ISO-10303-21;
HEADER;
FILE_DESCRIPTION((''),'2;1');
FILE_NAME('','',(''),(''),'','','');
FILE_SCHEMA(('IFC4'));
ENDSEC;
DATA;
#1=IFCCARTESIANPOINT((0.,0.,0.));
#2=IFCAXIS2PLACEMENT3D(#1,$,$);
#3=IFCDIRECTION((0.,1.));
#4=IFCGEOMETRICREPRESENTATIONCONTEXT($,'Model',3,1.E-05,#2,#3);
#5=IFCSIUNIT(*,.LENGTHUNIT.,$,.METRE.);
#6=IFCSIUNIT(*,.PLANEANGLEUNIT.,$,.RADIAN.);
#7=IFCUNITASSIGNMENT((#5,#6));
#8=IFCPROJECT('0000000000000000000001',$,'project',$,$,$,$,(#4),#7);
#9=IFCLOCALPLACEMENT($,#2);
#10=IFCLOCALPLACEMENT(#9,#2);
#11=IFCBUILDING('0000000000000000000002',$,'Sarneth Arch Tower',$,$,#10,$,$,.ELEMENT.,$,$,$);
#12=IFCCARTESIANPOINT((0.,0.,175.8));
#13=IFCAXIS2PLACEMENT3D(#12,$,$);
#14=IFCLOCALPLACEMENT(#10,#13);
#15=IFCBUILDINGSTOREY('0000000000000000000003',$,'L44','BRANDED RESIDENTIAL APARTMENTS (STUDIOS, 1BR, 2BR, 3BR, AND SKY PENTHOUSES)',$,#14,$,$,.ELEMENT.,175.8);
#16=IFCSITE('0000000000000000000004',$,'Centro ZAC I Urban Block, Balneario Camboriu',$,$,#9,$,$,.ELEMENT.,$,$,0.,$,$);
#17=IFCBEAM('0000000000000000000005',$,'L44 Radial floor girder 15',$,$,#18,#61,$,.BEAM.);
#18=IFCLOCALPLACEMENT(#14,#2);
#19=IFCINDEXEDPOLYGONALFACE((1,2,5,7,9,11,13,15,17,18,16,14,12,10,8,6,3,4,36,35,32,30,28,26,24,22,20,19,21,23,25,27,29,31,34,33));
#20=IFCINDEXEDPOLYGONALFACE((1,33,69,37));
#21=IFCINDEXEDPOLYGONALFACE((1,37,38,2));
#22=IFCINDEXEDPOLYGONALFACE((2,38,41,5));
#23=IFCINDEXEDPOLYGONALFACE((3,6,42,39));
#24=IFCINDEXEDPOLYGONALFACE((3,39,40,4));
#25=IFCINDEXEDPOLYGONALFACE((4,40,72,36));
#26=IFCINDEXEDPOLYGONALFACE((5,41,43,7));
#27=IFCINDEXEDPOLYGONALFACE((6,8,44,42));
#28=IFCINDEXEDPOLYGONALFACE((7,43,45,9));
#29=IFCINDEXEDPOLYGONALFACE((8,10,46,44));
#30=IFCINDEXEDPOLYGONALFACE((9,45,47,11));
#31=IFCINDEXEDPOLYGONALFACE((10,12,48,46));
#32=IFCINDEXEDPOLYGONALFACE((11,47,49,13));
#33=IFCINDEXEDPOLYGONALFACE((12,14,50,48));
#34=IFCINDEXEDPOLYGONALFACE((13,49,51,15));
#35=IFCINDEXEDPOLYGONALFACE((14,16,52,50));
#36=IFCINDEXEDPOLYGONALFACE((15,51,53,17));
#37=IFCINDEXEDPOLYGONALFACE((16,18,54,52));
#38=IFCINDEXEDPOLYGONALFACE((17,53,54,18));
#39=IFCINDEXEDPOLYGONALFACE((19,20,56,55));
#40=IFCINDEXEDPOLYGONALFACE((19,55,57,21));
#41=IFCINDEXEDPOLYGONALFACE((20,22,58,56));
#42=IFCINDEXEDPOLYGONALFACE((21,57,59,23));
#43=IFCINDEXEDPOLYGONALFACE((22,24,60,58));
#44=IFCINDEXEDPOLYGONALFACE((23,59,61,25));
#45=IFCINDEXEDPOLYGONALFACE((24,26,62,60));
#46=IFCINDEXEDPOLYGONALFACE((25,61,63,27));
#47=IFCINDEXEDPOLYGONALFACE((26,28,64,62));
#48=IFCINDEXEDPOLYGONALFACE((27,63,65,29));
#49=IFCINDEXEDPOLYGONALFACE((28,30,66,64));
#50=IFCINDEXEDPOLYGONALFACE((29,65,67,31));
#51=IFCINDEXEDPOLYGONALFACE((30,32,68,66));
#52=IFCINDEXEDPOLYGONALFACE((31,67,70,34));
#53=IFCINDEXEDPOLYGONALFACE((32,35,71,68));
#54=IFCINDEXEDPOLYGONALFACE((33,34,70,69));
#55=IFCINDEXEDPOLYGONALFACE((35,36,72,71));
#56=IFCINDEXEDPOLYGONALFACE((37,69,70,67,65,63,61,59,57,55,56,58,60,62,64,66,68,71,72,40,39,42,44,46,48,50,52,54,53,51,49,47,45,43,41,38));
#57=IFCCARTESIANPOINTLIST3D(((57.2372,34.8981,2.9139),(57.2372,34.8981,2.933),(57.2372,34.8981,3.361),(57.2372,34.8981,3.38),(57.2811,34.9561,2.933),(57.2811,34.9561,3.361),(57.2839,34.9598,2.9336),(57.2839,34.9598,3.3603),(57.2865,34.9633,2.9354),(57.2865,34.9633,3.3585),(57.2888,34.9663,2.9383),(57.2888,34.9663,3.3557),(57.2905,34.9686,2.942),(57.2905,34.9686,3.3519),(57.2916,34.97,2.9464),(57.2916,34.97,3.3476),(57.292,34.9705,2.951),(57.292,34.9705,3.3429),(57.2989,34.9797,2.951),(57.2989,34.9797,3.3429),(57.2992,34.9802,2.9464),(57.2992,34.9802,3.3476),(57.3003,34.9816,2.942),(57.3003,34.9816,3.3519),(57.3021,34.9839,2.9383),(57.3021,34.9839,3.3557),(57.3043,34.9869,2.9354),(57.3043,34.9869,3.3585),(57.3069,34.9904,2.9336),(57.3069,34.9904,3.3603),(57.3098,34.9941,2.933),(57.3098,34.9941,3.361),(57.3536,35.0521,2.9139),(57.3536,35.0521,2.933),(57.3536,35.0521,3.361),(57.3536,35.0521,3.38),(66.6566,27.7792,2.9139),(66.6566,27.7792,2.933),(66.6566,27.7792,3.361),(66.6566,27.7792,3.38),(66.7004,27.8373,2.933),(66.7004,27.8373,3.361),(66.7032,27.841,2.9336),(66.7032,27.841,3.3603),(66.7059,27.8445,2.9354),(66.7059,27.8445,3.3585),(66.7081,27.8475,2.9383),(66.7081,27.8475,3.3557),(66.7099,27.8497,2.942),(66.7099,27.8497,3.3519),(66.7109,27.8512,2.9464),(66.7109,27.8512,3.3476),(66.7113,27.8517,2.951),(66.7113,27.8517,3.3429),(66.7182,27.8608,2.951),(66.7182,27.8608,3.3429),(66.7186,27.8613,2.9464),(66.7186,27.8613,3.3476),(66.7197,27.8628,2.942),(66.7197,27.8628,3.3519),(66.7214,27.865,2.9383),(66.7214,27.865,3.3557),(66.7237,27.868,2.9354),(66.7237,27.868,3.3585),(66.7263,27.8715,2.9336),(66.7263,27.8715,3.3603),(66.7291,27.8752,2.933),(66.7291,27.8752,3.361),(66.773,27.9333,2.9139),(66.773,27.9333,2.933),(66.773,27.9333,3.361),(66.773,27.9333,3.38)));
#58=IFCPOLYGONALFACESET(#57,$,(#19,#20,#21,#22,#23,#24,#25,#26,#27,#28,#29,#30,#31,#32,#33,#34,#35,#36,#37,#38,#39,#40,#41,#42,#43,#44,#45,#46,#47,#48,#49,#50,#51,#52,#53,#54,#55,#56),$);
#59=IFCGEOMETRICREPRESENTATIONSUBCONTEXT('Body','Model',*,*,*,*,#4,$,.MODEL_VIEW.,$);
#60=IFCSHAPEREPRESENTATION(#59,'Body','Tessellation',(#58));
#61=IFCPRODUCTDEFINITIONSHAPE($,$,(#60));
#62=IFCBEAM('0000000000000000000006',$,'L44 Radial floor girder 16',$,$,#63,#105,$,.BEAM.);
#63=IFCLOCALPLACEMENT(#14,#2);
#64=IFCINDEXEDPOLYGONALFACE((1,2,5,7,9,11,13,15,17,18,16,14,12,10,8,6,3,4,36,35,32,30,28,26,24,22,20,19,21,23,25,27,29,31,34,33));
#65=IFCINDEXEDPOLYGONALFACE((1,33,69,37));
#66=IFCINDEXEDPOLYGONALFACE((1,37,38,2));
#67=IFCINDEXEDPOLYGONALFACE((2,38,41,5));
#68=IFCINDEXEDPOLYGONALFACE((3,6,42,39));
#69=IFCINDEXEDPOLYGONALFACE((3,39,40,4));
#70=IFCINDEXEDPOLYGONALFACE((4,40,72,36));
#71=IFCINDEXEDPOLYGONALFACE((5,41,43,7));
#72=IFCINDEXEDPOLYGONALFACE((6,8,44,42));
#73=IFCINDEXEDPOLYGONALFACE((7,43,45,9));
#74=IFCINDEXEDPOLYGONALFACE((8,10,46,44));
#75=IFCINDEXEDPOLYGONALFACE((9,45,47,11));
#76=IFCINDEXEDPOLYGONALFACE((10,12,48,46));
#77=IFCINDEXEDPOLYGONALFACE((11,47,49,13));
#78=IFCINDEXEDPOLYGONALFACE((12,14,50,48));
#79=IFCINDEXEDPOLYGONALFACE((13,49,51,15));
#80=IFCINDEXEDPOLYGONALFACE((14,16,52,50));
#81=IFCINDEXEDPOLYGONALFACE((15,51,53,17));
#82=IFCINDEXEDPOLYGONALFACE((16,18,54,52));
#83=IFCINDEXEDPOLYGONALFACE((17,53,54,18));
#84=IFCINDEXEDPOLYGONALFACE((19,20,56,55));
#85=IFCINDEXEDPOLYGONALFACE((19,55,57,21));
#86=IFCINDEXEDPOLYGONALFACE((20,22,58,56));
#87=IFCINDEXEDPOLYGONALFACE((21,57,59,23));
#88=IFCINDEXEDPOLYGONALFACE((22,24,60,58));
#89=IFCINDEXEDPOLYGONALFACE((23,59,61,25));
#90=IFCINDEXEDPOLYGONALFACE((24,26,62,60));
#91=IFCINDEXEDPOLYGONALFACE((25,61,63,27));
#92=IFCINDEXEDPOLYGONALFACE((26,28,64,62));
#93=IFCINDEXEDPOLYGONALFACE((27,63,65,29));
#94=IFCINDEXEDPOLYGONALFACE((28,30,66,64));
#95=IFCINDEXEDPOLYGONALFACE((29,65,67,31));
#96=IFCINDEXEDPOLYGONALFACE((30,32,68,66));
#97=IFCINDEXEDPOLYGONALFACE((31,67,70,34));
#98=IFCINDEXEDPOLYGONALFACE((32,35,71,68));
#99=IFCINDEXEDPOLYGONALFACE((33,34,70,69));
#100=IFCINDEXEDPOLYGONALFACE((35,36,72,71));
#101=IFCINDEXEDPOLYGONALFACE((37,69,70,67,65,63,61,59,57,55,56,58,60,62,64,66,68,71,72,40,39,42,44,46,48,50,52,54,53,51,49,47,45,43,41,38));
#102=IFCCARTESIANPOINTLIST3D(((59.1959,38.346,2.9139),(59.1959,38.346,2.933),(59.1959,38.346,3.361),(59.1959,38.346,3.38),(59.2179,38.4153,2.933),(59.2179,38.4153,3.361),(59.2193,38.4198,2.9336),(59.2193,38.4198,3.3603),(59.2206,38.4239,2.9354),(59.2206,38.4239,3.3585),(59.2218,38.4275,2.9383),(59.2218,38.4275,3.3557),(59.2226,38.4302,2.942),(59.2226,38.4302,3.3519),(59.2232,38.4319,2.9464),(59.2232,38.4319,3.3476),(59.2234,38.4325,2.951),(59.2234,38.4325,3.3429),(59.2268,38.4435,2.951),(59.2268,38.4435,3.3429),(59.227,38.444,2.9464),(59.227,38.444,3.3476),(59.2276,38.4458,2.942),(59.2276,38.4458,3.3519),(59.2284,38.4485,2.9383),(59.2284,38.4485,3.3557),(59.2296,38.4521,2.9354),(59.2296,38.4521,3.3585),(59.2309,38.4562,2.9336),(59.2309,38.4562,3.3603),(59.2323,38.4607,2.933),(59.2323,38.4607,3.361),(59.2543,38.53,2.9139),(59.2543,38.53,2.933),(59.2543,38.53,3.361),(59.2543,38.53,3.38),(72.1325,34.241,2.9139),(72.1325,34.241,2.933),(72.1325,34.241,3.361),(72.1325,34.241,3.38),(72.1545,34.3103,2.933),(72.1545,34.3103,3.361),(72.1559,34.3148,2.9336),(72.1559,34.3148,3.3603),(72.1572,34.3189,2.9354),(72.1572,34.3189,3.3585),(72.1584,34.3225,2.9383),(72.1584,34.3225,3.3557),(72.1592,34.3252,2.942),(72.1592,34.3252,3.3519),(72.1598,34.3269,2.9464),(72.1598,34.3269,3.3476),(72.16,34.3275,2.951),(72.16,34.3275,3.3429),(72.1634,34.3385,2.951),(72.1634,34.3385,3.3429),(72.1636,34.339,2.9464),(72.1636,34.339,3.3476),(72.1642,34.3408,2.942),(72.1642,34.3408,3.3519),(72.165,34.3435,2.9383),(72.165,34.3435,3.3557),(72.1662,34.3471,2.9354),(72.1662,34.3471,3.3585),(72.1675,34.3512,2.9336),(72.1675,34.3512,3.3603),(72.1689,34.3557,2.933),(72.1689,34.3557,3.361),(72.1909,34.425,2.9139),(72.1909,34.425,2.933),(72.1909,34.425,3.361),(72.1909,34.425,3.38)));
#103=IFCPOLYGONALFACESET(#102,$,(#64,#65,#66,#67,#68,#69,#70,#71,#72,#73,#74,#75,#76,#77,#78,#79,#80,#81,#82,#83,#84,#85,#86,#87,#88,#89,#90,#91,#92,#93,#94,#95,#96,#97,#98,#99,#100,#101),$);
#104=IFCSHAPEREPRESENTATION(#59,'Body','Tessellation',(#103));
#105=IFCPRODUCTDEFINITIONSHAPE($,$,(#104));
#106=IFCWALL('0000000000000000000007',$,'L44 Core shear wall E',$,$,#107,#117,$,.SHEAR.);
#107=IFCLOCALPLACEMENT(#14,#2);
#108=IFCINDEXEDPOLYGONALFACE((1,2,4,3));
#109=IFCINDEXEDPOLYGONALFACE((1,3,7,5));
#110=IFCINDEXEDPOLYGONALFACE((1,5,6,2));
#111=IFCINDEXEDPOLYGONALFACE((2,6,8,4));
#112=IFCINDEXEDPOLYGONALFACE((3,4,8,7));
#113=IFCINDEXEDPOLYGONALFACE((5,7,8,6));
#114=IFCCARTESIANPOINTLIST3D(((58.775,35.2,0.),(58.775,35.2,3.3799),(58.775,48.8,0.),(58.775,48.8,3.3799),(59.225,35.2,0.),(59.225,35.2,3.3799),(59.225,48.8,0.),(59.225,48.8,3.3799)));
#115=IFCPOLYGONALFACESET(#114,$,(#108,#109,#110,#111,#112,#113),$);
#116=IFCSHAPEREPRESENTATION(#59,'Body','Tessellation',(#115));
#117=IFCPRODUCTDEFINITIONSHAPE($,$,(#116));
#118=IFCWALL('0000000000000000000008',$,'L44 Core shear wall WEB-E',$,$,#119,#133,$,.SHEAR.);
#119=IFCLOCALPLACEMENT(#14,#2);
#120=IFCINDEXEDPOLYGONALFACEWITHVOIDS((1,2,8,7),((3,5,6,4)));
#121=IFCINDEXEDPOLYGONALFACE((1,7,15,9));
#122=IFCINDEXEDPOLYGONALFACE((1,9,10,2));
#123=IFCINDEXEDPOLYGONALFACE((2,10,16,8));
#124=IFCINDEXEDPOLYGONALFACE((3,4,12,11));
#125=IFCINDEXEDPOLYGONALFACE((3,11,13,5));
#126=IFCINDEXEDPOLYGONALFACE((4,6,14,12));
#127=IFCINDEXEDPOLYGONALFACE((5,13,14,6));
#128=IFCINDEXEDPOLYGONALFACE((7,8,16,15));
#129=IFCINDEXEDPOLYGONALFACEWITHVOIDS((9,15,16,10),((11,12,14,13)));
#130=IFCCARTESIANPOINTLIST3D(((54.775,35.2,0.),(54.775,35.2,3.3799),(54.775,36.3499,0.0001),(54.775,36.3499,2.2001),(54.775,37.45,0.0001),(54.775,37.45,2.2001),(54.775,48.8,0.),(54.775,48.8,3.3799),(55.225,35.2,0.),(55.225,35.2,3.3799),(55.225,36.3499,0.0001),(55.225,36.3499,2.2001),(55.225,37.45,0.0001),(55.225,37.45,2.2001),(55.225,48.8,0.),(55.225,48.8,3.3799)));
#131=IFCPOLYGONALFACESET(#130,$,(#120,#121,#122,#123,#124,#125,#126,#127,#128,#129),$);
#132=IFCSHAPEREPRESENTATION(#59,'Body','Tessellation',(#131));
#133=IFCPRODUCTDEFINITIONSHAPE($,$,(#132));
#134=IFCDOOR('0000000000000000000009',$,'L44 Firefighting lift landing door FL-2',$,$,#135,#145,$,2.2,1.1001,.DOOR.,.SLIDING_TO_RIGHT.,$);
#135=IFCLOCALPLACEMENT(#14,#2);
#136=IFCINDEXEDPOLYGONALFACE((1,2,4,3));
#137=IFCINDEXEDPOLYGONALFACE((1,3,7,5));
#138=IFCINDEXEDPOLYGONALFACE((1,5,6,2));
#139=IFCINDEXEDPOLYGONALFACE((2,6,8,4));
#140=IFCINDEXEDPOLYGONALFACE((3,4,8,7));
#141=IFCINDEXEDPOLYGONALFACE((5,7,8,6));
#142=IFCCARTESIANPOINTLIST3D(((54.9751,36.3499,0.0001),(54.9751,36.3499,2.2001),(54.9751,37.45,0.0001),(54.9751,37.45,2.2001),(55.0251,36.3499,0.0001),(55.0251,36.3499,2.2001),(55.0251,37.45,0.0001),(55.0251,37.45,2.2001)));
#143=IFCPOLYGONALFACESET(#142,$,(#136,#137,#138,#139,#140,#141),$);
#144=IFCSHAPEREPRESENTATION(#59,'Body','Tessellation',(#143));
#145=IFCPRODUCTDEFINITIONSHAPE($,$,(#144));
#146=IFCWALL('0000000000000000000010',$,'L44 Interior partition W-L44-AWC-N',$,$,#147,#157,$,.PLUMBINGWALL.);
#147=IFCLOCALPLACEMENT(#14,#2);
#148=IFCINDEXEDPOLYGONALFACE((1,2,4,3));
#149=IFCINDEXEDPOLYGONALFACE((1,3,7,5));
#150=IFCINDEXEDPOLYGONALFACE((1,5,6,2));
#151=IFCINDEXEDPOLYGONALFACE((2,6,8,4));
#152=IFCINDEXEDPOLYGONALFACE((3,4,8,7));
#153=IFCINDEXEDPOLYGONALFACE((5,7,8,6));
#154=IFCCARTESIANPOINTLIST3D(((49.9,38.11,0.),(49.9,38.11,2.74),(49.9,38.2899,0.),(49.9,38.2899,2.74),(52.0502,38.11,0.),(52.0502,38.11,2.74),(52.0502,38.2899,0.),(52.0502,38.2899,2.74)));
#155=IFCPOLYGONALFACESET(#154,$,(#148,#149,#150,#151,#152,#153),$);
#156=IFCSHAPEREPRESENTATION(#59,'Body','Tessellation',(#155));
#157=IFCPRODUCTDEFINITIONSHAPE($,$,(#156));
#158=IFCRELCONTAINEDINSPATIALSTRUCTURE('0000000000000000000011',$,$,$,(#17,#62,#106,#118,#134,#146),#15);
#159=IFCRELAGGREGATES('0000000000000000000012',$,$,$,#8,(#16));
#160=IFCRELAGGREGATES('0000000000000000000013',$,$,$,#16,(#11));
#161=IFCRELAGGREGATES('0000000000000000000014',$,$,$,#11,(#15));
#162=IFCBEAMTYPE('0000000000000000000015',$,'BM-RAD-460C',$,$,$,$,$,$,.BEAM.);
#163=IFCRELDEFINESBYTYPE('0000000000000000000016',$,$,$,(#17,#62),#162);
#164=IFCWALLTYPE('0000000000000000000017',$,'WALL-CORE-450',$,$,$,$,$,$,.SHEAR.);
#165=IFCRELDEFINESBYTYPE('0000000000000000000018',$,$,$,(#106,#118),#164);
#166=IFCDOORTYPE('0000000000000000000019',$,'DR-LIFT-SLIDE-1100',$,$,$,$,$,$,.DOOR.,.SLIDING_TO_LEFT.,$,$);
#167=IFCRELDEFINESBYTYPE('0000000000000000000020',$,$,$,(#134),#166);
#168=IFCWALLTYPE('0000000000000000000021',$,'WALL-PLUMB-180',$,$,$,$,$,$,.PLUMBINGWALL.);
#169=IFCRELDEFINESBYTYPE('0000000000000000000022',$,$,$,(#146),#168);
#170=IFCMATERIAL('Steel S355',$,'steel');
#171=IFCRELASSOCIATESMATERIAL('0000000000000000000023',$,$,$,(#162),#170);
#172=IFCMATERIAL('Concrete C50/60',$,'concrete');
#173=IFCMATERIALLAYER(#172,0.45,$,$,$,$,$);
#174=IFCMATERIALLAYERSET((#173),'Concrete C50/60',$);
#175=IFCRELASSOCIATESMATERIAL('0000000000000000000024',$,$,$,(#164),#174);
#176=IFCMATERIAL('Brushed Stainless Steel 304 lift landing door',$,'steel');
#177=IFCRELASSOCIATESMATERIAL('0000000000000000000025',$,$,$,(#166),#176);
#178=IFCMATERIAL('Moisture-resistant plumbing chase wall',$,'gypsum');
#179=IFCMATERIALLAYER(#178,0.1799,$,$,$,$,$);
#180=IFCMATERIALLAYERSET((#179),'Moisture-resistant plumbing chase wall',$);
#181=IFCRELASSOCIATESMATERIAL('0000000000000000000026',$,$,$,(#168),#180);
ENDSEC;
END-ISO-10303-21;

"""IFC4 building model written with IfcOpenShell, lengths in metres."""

from ifc_helpers import new_model, si_unit, direction, frame, frame_2d, origin, origin_2d, place, context, subcontext, project, spatial, rectangle, i_section, extrude, material, layer, layer_set, material_profile, profile_set, type_object, element, fill, save


model = new_model("IFC4")

# Units and contexts
model_context = context("Model", 3, precision=1e-05, world=origin(), true_north=direction((0.0, 1.0)))
body_context = subcontext(model_context, "Body", "Model", "MODEL_VIEW")
ifc_project = project(units=[si_unit("LENGTHUNIT", "METRE"), si_unit("PLANEANGLEUNIT", "RADIAN")], contexts=[model_context])

# Site, building, storey
site_placement = place(None, origin())
site = spatial("IfcSite", under=ifc_project, at=site_placement, Name="Centro ZAC I Urban Block, Balneario Camboriu", CompositionType="ELEMENT", RefElevation=0.0)
building_placement = place(site_placement, origin())
building = spatial("IfcBuilding", under=site, at=building_placement, Name="Sarneth Arch Tower", CompositionType="ELEMENT")
storey_placement = place(building_placement, frame((0.0, 0.0, 175.8)))
storey = spatial("IfcBuildingStorey", under=building, at=storey_placement, Name="L44", Description="BRANDED RESIDENTIAL APARTMENTS (STUDIOS, 1BR, 2BR, 3BR, AND SKY PENTHOUSES)", CompositionType="ELEMENT", Elevation=175.8)

# Beams
ifc_material_1 = material(Name="Steel S355", Category="steel")
ifc_material_profile_1 = material_profile(ifc_material_1, i_section(OverallWidth=0.1931, OverallDepth=0.4661, WebThickness=0.0115, FlangeThickness=0.019, FilletRadius=0.0181, at=origin_2d()), Name="W460x97")
ifc_profile_set_1 = profile_set([ifc_material_profile_1], Name="Steel S355")
beam_type_1 = type_object("IfcBeamType", Name="BM-RAD-460C", PredefinedType="BEAM", material=ifc_profile_set_1)
beam_1_placement = place(storey_placement, frame((57.2954, 34.9751, 3.147), z_axis=(0.797786, -0.60294, 0.0), x_axis=(0.60294, 0.797786, 0.0)))
element("IfcBeam", 1, at=beam_1_placement, inside=storey, type_object=beam_type_1, Name="L44 Radial floor girder 15", PredefinedType="BEAM", context=body_context, shape_type="SweptSolid", body=[
    extrude(i_section(OverallWidth=0.1931, OverallDepth=0.4661, WebThickness=0.0115, FlangeThickness=0.019, FilletRadius=0.0181, at=origin_2d()), origin(), (0.0, 0.0, 1.0), 11.8069),
])
beam_2_placement = place(storey_placement, frame((59.2251, 38.438, 3.147), z_axis=(0.953164, -0.302455, 0.0), x_axis=(0.302455, 0.953164, 0.0)))
element("IfcBeam", 2, at=beam_2_placement, inside=storey, type_object=beam_type_1, Name="L44 Radial floor girder 16", PredefinedType="BEAM", context=body_context, shape_type="SweptSolid", body=[
    extrude(i_section(OverallWidth=0.1931, OverallDepth=0.4661, WebThickness=0.0115, FlangeThickness=0.019, FilletRadius=0.0181, at=origin_2d()), origin(), (0.0, 0.0, 1.0), 13.5723),
])

# Shared definitions
ifc_material_2 = material(Name="Concrete C50/60", Category="concrete")
ifc_layer_1 = layer(ifc_material_2, 0.45)
ifc_layer_set_1 = layer_set([ifc_layer_1], Name="Concrete C50/60")
wall_type_1 = type_object("IfcWallType", Name="WALL-CORE-450", PredefinedType="SHEAR", material=ifc_layer_set_1)

# Wall
wall_1_placement = place(storey_placement, frame((59.0, 35.2, 0.0), z_axis=(0.0, 0.0, 1.0), x_axis=(0.0, 1.0, 0.0)))
element("IfcWall", 3, at=wall_1_placement, inside=storey, type_object=wall_type_1, Name="L44 Core shear wall E", PredefinedType="SHEAR", context=body_context, shape_type="SweptSolid", body=[
    extrude(rectangle(XDim=13.6001, YDim=0.45, at=frame_2d((6.8, 0.0))), origin(), (0.0, 0.0, 1.0), 3.3799),
])

# Wall, opening, door
wall_2_placement = place(storey_placement, frame((55.0, 35.2, 0.0), z_axis=(0.0, 0.0, 1.0), x_axis=(0.0, 1.0, 0.0)))
wall_2 = element("IfcWall", 4, at=wall_2_placement, inside=storey, type_object=wall_type_1, Name="L44 Core shear wall WEB-E", PredefinedType="SHEAR", context=body_context, shape_type="SweptSolid", body=[
    extrude(rectangle(XDim=13.6001, YDim=0.45, at=frame_2d((6.8, 0.0))), origin(), (0.0, 0.0, 1.0), 3.3799),
])
opening_1_placement = place(wall_2_placement, frame((1.1499, 0.0, 0.0)))
opening_1 = element("IfcOpeningElement", 5, at=opening_1_placement, cuts=wall_2, PredefinedType="OPENING", context=body_context, shape_type="SweptSolid", body=[
    extrude(rectangle(XDim=1.1001, YDim=2.2, at=frame_2d((0.55, 1.1001))), frame((0.0, 0.2349, 0.0), z_axis=(0.0, -1.0, 0.0), x_axis=(1.0, 0.0, 0.0)), (0.0, 0.0, 1.0), 0.47),
])
ifc_material_3 = material(Name="Brushed Stainless Steel 304 lift landing door", Category="steel")
door_type_1 = type_object("IfcDoorType", Name="DR-LIFT-SLIDE-1100", OperationType="SLIDING_TO_LEFT", PredefinedType="DOOR", material=ifc_material_3)
door_1_placement = place(opening_1_placement, origin())
door_1 = element("IfcDoor", 6, at=door_1_placement, inside=storey, type_object=door_type_1, Name="L44 Firefighting lift landing door FL-2", OperationType="SLIDING_TO_RIGHT", OverallHeight=2.2, OverallWidth=1.1001, PredefinedType="DOOR", context=body_context, shape_type="SweptSolid", body=[
    extrude(rectangle(XDim=1.1001, YDim=2.2, at=frame_2d((0.55, 1.1001))), frame((0.0, 0.0249, 0.0), z_axis=(0.0, -1.0, 0.0), x_axis=(1.0, 0.0, 0.0)), (0.0, 0.0, 1.0), 0.05),
])
fill(opening_1, door_1)

# Wall
ifc_material_4 = material(Name="Moisture-resistant plumbing chase wall", Category="gypsum")
ifc_layer_2 = layer(ifc_material_4, 0.1799)
ifc_layer_set_2 = layer_set([ifc_layer_2], Name="Moisture-resistant plumbing chase wall")
wall_type_2 = type_object("IfcWallType", Name="WALL-PLUMB-180", PredefinedType="PLUMBINGWALL", material=ifc_layer_set_2)
wall_3_placement = place(storey_placement, frame((49.8999, 38.2, 0.0), z_axis=(0.0, 0.0, 1.0), x_axis=(1.0, 0.0, 0.0)))
element("IfcWall", 7, at=wall_3_placement, inside=storey, type_object=wall_type_2, Name="L44 Interior partition W-L44-AWC-N", PredefinedType="PLUMBINGWALL", context=body_context, shape_type="SweptSolid", body=[
    extrude(rectangle(XDim=2.1501, YDim=0.1799, at=frame_2d((1.0752, 0.0))), origin(), (0.0, 0.0, 1.0), 2.74),
])

save(model, "model.ifc")
